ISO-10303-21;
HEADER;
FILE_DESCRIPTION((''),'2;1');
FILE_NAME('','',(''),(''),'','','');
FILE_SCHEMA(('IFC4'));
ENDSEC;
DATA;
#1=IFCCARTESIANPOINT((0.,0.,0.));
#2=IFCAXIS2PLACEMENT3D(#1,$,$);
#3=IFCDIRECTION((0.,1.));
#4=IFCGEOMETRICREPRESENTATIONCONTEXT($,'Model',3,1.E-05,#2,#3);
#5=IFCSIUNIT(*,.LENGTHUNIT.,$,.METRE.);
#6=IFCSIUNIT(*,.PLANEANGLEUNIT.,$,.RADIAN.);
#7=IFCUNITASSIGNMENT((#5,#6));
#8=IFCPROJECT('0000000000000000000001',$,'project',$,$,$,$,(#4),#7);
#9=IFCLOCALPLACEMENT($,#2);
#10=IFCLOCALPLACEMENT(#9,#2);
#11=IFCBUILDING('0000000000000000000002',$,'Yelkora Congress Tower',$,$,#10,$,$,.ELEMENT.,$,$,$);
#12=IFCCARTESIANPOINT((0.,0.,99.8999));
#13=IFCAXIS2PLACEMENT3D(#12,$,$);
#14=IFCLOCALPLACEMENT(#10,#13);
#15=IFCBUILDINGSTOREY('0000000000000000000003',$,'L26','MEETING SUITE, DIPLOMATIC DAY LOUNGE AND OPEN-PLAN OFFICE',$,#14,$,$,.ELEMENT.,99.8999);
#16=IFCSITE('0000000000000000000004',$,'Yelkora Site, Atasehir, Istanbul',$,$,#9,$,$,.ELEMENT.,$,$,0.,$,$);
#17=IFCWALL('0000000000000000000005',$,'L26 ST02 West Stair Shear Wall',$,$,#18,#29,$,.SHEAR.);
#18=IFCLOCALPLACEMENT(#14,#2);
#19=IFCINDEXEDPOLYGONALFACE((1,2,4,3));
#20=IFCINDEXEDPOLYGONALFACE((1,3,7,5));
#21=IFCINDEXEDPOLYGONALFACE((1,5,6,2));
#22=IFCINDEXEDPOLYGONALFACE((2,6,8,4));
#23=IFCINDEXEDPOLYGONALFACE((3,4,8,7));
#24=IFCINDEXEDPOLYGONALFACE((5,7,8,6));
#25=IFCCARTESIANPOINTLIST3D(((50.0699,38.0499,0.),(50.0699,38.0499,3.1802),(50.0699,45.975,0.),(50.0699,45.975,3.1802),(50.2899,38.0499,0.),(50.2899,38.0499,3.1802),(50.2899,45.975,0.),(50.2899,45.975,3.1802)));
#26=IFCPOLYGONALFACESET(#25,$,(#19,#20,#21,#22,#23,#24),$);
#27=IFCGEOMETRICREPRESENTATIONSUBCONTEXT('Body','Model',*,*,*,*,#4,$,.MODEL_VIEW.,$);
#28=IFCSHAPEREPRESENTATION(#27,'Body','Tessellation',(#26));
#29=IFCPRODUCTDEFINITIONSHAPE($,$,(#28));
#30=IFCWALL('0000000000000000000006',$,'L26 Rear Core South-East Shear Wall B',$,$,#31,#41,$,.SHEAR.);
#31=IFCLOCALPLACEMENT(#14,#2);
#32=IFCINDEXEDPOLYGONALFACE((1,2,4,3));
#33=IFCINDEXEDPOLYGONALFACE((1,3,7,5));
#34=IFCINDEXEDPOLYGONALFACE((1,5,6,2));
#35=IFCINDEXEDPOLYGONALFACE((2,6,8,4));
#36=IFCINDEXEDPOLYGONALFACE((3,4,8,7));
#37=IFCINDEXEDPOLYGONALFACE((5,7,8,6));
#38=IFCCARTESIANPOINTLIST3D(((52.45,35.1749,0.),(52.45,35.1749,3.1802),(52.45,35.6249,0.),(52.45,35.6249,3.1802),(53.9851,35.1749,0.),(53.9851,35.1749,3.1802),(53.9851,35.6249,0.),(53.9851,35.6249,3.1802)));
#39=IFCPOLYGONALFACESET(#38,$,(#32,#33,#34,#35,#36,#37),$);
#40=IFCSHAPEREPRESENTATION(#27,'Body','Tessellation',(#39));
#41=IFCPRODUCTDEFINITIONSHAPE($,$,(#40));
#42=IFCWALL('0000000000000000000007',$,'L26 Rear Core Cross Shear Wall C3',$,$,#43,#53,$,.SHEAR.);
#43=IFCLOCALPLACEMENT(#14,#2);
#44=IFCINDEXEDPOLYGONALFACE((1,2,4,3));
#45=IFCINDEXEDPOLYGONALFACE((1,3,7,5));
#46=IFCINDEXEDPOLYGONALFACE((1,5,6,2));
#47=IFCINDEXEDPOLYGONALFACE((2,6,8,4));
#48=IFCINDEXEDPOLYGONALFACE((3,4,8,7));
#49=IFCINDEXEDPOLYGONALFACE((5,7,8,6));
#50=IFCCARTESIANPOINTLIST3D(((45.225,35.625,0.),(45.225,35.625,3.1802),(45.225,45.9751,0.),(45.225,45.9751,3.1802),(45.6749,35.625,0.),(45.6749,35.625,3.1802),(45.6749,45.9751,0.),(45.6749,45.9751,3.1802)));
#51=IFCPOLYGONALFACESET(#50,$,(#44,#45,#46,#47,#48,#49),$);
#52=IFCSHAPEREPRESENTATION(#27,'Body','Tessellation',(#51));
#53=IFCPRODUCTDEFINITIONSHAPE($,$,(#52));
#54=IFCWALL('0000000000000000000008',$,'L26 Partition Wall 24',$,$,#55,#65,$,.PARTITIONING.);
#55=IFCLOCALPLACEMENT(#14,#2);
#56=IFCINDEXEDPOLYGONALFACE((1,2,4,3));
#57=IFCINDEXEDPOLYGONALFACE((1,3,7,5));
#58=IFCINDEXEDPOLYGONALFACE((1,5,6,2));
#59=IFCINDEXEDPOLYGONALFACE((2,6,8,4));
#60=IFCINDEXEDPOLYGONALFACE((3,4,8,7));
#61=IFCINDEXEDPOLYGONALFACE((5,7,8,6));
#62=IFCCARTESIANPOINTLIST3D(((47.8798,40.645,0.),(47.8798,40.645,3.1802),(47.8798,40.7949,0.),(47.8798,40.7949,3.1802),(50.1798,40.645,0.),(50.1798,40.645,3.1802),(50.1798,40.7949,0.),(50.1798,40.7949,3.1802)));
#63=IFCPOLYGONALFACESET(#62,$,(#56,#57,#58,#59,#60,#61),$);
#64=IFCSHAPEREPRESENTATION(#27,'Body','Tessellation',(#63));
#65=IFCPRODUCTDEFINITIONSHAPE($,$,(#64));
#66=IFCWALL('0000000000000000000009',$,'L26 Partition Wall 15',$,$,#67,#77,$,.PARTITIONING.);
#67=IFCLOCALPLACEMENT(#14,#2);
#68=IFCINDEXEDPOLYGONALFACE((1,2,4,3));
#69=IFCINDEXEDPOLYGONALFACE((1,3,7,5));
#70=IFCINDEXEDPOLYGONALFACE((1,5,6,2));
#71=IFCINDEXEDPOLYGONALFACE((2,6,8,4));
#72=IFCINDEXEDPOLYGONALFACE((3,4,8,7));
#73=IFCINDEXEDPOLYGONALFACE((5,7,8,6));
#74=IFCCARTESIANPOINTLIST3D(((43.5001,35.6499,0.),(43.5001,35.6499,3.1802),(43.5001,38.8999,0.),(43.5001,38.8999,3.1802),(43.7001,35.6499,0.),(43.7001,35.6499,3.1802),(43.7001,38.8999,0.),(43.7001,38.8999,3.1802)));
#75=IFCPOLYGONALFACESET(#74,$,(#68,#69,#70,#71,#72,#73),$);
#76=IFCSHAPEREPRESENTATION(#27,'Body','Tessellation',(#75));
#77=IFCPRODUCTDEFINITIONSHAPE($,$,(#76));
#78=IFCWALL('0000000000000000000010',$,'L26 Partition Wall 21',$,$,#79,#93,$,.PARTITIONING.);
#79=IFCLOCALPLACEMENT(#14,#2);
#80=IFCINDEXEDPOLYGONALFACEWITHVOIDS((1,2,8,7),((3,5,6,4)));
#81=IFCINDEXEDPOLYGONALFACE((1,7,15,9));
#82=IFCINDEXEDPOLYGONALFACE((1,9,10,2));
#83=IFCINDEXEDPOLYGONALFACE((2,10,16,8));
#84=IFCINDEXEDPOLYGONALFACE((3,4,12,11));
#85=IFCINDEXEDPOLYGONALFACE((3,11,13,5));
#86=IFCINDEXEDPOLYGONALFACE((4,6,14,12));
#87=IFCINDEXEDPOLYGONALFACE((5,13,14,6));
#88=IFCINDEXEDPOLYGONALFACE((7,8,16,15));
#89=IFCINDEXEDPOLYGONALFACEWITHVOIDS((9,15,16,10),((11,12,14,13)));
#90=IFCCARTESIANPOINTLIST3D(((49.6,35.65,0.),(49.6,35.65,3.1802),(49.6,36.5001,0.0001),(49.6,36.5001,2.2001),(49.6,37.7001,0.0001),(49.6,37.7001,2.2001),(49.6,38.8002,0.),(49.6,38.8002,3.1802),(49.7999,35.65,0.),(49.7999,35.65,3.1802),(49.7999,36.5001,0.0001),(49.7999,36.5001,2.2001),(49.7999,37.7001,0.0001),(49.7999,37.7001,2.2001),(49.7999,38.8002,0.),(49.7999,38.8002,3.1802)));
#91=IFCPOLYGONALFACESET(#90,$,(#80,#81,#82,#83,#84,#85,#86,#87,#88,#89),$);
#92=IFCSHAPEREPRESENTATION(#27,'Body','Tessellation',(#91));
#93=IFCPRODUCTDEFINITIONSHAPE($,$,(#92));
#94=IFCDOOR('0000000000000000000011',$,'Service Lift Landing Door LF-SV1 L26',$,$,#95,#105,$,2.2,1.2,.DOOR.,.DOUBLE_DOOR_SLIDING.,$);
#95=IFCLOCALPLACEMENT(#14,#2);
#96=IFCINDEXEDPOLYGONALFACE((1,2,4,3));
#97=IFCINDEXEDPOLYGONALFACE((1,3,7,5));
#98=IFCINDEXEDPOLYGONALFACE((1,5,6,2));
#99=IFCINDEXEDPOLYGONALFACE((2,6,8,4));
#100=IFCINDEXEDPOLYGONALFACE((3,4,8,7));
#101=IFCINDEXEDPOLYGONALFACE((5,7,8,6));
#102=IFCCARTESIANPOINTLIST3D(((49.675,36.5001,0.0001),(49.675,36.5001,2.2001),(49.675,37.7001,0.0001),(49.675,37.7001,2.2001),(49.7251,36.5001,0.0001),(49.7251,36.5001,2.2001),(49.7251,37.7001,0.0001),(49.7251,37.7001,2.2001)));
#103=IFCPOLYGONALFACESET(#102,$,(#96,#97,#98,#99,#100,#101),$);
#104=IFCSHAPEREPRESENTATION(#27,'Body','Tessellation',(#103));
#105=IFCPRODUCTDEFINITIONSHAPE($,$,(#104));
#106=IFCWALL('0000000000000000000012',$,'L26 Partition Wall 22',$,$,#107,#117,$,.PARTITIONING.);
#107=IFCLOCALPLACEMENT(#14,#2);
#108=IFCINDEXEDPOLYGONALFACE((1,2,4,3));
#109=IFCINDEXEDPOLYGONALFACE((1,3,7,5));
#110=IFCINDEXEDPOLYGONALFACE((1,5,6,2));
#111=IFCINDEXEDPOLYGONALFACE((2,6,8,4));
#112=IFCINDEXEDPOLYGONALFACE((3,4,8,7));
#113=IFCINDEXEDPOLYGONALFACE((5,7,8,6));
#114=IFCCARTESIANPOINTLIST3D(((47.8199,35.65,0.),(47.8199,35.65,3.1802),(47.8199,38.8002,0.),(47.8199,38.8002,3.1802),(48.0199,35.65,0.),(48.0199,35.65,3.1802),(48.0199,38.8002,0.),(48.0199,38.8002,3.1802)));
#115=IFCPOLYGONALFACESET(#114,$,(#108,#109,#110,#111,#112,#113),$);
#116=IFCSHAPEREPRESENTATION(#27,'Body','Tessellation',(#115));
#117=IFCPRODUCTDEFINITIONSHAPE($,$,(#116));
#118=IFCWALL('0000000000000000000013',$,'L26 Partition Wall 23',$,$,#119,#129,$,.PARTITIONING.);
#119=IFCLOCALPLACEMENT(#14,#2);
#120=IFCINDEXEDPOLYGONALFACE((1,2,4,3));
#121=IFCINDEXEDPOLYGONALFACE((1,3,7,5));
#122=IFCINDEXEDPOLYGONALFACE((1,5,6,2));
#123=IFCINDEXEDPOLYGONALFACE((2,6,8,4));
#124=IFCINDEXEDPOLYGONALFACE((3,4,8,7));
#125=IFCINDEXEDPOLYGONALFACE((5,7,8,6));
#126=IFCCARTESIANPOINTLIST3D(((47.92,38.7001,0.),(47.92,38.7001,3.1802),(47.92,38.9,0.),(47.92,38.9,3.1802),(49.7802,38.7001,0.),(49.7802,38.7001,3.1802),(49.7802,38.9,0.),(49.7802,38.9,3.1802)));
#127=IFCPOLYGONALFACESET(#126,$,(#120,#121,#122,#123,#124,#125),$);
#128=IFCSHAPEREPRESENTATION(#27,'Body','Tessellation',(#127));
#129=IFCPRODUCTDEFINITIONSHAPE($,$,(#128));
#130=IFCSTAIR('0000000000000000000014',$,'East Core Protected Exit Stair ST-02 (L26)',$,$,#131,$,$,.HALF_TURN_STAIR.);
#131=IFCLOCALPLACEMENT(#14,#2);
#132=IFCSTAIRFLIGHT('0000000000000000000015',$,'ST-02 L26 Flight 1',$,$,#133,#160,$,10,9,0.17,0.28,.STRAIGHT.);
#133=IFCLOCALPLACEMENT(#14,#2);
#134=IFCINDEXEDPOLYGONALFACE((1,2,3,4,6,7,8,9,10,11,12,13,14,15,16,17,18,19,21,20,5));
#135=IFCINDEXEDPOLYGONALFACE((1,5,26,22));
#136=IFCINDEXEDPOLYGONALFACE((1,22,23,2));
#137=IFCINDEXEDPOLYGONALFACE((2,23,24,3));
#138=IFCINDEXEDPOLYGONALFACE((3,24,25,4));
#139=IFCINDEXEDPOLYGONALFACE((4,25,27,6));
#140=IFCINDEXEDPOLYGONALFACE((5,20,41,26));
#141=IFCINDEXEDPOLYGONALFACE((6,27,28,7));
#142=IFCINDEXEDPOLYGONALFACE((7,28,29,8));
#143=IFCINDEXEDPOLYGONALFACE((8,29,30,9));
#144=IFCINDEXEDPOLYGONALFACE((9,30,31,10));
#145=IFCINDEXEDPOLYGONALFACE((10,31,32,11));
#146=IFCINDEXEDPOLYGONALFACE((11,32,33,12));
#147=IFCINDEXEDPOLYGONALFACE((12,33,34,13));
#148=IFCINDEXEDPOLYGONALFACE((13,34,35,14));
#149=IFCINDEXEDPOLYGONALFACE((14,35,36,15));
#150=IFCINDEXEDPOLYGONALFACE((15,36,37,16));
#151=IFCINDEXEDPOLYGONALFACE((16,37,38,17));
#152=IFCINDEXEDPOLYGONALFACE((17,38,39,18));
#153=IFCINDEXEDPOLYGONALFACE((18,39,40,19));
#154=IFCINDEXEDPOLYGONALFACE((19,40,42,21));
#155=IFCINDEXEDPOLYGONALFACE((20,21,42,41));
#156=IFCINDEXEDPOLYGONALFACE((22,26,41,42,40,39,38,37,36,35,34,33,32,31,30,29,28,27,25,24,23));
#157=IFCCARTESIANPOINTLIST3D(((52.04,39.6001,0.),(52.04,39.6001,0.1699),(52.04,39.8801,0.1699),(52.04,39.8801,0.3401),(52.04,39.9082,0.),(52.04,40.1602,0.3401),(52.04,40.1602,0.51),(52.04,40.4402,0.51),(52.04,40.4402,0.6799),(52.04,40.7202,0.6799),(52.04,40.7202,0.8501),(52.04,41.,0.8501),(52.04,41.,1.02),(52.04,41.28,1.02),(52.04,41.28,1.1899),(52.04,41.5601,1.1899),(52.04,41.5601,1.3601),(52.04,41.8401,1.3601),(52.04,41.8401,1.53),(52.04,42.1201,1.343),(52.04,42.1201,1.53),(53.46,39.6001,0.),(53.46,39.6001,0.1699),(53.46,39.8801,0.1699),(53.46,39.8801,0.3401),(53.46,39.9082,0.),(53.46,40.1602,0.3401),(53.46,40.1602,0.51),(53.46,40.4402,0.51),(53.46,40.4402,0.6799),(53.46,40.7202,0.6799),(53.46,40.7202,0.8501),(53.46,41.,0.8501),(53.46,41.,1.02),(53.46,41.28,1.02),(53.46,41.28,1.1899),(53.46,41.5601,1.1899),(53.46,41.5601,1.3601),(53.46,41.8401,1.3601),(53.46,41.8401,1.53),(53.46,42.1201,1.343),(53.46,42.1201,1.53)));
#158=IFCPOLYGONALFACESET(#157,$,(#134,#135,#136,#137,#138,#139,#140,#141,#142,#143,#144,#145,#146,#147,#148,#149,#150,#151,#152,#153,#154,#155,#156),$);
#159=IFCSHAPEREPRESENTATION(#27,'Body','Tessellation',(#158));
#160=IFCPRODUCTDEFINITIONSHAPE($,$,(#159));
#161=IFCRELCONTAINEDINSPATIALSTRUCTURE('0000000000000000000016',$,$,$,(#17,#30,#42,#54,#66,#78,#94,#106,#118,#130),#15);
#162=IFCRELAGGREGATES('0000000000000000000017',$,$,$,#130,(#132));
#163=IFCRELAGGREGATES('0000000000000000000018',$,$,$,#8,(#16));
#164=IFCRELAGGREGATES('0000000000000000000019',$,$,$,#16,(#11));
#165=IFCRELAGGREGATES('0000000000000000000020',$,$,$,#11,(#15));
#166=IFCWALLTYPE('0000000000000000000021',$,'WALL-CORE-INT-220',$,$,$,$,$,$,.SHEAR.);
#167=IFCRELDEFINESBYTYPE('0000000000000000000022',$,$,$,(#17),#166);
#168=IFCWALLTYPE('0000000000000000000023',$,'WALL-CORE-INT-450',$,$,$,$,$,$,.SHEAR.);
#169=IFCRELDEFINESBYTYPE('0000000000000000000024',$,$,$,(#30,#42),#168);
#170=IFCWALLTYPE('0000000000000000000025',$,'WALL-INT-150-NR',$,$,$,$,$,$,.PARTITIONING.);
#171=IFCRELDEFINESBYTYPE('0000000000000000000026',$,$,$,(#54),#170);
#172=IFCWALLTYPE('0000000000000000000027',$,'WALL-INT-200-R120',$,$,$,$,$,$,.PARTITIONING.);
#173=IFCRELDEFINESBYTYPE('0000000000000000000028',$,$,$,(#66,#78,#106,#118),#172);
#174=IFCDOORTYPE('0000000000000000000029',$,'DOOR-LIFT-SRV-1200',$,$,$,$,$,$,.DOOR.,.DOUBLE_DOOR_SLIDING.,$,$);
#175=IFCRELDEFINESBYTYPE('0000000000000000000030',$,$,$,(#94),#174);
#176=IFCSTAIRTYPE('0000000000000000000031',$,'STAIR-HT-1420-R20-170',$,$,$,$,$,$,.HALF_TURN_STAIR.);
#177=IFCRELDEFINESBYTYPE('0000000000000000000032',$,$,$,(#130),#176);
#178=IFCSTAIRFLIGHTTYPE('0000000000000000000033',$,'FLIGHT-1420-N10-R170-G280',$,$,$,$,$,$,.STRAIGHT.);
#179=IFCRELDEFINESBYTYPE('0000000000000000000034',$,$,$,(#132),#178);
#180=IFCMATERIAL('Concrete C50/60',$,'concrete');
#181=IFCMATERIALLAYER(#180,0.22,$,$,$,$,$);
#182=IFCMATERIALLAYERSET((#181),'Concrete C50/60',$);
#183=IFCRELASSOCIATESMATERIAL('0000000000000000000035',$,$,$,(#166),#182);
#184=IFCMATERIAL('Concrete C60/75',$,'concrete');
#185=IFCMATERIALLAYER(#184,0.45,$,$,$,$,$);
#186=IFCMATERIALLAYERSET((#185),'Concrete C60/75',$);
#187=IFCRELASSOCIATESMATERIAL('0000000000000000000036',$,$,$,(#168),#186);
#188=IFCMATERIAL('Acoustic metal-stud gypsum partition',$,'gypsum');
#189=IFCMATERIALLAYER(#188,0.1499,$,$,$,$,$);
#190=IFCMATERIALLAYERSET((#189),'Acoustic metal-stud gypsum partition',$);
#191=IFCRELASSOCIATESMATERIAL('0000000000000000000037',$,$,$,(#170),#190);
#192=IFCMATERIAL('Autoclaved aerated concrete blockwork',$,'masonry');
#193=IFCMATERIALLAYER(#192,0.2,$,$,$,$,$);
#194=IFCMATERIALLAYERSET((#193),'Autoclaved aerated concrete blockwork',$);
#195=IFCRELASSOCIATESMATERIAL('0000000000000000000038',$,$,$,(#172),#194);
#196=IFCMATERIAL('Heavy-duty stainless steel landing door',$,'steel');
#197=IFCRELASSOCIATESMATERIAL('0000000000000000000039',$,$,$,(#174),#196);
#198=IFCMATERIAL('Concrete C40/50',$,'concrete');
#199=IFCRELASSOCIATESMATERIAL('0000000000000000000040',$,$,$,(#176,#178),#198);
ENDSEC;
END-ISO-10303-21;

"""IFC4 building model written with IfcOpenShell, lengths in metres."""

from ifc_helpers import new_model, si_unit, direction, frame, frame_2d, origin, place, context, subcontext, project, spatial, polyline, rectangle, outline, extrude, material, layer, layer_set, type_object, element, fill, aggregate, save


model = new_model("IFC4")

# Units and contexts
model_context = context("Model", 3, precision=1e-05, world=origin(), true_north=direction((0.0, 1.0)))
body_context = subcontext(model_context, "Body", "Model", "MODEL_VIEW")
ifc_project = project(units=[si_unit("LENGTHUNIT", "METRE"), si_unit("PLANEANGLEUNIT", "RADIAN")], contexts=[model_context])

# Site, building, storey
site_placement = place(None, origin())
site = spatial("IfcSite", under=ifc_project, at=site_placement, Name="Yelkora Site, Atasehir, Istanbul", CompositionType="ELEMENT", RefElevation=0.0)
building_placement = place(site_placement, origin())
building = spatial("IfcBuilding", under=site, at=building_placement, Name="Yelkora Congress Tower", CompositionType="ELEMENT")
storey_placement = place(building_placement, frame((0.0, 0.0, 99.8999)))
storey = spatial("IfcBuildingStorey", under=building, at=storey_placement, Name="L26", Description="MEETING SUITE, DIPLOMATIC DAY LOUNGE AND OPEN-PLAN OFFICE", CompositionType="ELEMENT", Elevation=99.8999)

# Wall
ifc_material_1 = material(Name="Concrete C50/60", Category="concrete")
ifc_layer_1 = layer(ifc_material_1, 0.22)
ifc_layer_set_1 = layer_set([ifc_layer_1], Name="Concrete C50/60")
wall_type_1 = type_object("IfcWallType", Name="WALL-CORE-INT-220", PredefinedType="SHEAR", material=ifc_layer_set_1)
wall_1_placement = place(storey_placement, frame((50.1799, 38.05, 0.0), z_axis=(0.0, 0.0, 1.0), x_axis=(0.0, 1.0, 0.0)))
element("IfcWall", 1, at=wall_1_placement, inside=storey, type_object=wall_type_1, Name="L26 ST02 West Stair Shear Wall", PredefinedType="SHEAR", context=body_context, shape_type="SweptSolid", body=[
    extrude(rectangle(XDim=7.925, YDim=0.22, at=frame_2d((3.9624, 0.0))), origin(), (0.0, 0.0, 1.0), 3.1802),
])

# Shared definitions
ifc_material_2 = material(Name="Concrete C60/75", Category="concrete")
ifc_layer_2 = layer(ifc_material_2, 0.45)
ifc_layer_set_2 = layer_set([ifc_layer_2], Name="Concrete C60/75")
wall_type_2 = type_object("IfcWallType", Name="WALL-CORE-INT-450", PredefinedType="SHEAR", material=ifc_layer_set_2)

# Walls
wall_2_placement = place(storey_placement, frame((52.45, 35.3999, 0.0), z_axis=(0.0, 0.0, 1.0), x_axis=(1.0, 0.0, 0.0)))
element("IfcWall", 2, at=wall_2_placement, inside=storey, type_object=wall_type_2, Name="L26 Rear Core South-East Shear Wall B", PredefinedType="SHEAR", context=body_context, shape_type="SweptSolid", body=[
    extrude(rectangle(XDim=1.5352, YDim=0.45, at=frame_2d((0.7676, 0.0))), origin(), (0.0, 0.0, 1.0), 3.1802),
])
wall_3_placement = place(storey_placement, frame((45.45, 35.625, 0.0), z_axis=(0.0, 0.0, 1.0), x_axis=(0.0, 1.0, 0.0)))
element("IfcWall", 3, at=wall_3_placement, inside=storey, type_object=wall_type_2, Name="L26 Rear Core Cross Shear Wall C3", PredefinedType="SHEAR", context=body_context, shape_type="SweptSolid", body=[
    extrude(rectangle(XDim=10.3501, YDim=0.45, at=frame_2d((5.175, 0.0))), origin(), (0.0, 0.0, 1.0), 3.1802),
])
ifc_material_3 = material(Name="Acoustic metal-stud gypsum partition", Category="gypsum")
ifc_layer_3 = layer(ifc_material_3, 0.1499)
ifc_layer_set_3 = layer_set([ifc_layer_3], Name="Acoustic metal-stud gypsum partition")
wall_type_3 = type_object("IfcWallType", Name="WALL-INT-150-NR", PredefinedType="PARTITIONING", material=ifc_layer_set_3)
wall_4_placement = place(storey_placement, frame((47.8799, 40.72, 0.0), z_axis=(0.0, 0.0, 1.0), x_axis=(1.0, 0.0, 0.0)))
element("IfcWall", 4, at=wall_4_placement, inside=storey, type_object=wall_type_3, Name="L26 Partition Wall 24", PredefinedType="PARTITIONING", context=body_context, shape_type="SweptSolid", body=[
    extrude(rectangle(XDim=2.3, YDim=0.1499, at=frame_2d((1.1499, 0.0))), origin(), (0.0, 0.0, 1.0), 3.1802),
])

# Wall
ifc_material_4 = material(Name="Autoclaved aerated concrete blockwork", Category="masonry")
ifc_layer_4 = layer(ifc_material_4, 0.2)
ifc_layer_set_4 = layer_set([ifc_layer_4], Name="Autoclaved aerated concrete blockwork")
wall_type_4 = type_object("IfcWallType", Name="WALL-INT-200-R120", PredefinedType="PARTITIONING", material=ifc_layer_set_4)
wall_5_placement = place(storey_placement, frame((43.6001, 35.6499, 0.0), z_axis=(0.0, 0.0, 1.0), x_axis=(0.0, 1.0, 0.0)))
element("IfcWall", 5, at=wall_5_placement, inside=storey, type_object=wall_type_4, Name="L26 Partition Wall 15", PredefinedType="PARTITIONING", context=body_context, shape_type="SweptSolid", body=[
    extrude(rectangle(XDim=3.25, YDim=0.2, at=frame_2d((1.625, 0.0))), origin(), (0.0, 0.0, 1.0), 3.1802),
])

# Wall, opening, door
wall_6_placement = place(storey_placement, frame((49.7, 35.6499, 0.0), z_axis=(0.0, 0.0, 1.0), x_axis=(0.0, 1.0, 0.0)))
wall_6 = element("IfcWall", 6, at=wall_6_placement, inside=storey, type_object=wall_type_4, Name="L26 Partition Wall 21", PredefinedType="PARTITIONING", context=body_context, shape_type="SweptSolid", body=[
    extrude(rectangle(XDim=3.1501, YDim=0.2, at=frame_2d((1.5752, 0.0))), origin(), (0.0, 0.0, 1.0), 3.1802),
])
opening_1_placement = place(wall_6_placement, frame((0.8501, 0.0, 0.0)))
opening_1 = element("IfcOpeningElement", 7, at=opening_1_placement, cuts=wall_6, PredefinedType="OPENING", context=body_context, shape_type="SweptSolid", body=[
    extrude(rectangle(XDim=1.2, YDim=2.2, at=frame_2d((0.6001, 1.1001))), frame((0.0, 0.1099, 0.0), z_axis=(0.0, -1.0, 0.0), x_axis=(1.0, 0.0, 0.0)), (0.0, 0.0, 1.0), 0.22),
])
ifc_material_5 = material(Name="Heavy-duty stainless steel landing door", Category="steel")
door_type_1 = type_object("IfcDoorType", Name="DOOR-LIFT-SRV-1200", OperationType="DOUBLE_DOOR_SLIDING", PredefinedType="DOOR", material=ifc_material_5)
door_1_placement = place(opening_1_placement, origin())
door_1 = element("IfcDoor", 8, at=door_1_placement, inside=storey, type_object=door_type_1, Name="Service Lift Landing Door LF-SV1 L26", OperationType="DOUBLE_DOOR_SLIDING", OverallHeight=2.2, OverallWidth=1.2, PredefinedType="DOOR", context=body_context, shape_type="SweptSolid", body=[
    extrude(rectangle(XDim=1.2, YDim=2.2, at=frame_2d((0.6001, 1.1001))), frame((0.0, 0.0249, 0.0), z_axis=(0.0, -1.0, 0.0), x_axis=(1.0, 0.0, 0.0)), (0.0, 0.0, 1.0), 0.05),
])
fill(opening_1, door_1)

# Walls
wall_7_placement = place(storey_placement, frame((47.9199, 35.6499, 0.0), z_axis=(0.0, 0.0, 1.0), x_axis=(0.0, 1.0, 0.0)))
element("IfcWall", 9, at=wall_7_placement, inside=storey, type_object=wall_type_4, Name="L26 Partition Wall 22", PredefinedType="PARTITIONING", context=body_context, shape_type="SweptSolid", body=[
    extrude(rectangle(XDim=3.1501, YDim=0.2, at=frame_2d((1.5752, 0.0))), origin(), (0.0, 0.0, 1.0), 3.1802),
])
wall_8_placement = place(storey_placement, frame((47.9199, 38.8, 0.0), z_axis=(0.0, 0.0, 1.0), x_axis=(1.0, 0.0, 0.0)))
element("IfcWall", 10, at=wall_8_placement, inside=storey, type_object=wall_type_4, Name="L26 Partition Wall 23", PredefinedType="PARTITIONING", context=body_context, shape_type="SweptSolid", body=[
    extrude(rectangle(XDim=1.8601, YDim=0.2, at=frame_2d((0.9302, 0.0))), origin(), (0.0, 0.0, 1.0), 3.1802),
])

# Stair, stair flight
ifc_material_6 = material(Name="Concrete C40/50", Category="concrete")
stair_type = type_object("IfcStairType", Name="STAIR-HT-1420-R20-170", PredefinedType="HALF_TURN_STAIR", material=ifc_material_6)
stair_placement = place(storey_placement, origin())
stair = element("IfcStair", 11, at=stair_placement, inside=storey, type_object=stair_type, Name="East Core Protected Exit Stair ST-02 (L26)", PredefinedType="HALF_TURN_STAIR")
stair_flight_type = type_object("IfcStairFlightType", Name="FLIGHT-1420-N10-R170-G280", PredefinedType="STRAIGHT", material=ifc_material_6)
stair_flight_placement = place(storey_placement, frame((52.75, 39.6001, 0.0), z_axis=(0.0, 0.0, 1.0), x_axis=(0.0, 1.0, 0.0)))
stair_flight = element("IfcStairFlight", 12, at=stair_flight_placement, type_object=stair_flight_type, Name="ST-02 L26 Flight 1", NumberOfRisers=10, NumberOfTreads=9, PredefinedType="STRAIGHT", RiserHeight=0.17, TreadLength=0.28, context=body_context, shape_type="SweptSolid", body=[
    extrude(outline(polyline([(0.0, 0.0), (0.0, 0.1699), (0.28, 0.1699), (0.28, 0.3401), (0.5601, 0.3401), (0.5601, 0.51), (0.8401, 0.51), (0.8401, 0.6799), (1.1201, 0.6799), (1.1201, 0.8501), (1.3999, 0.8501), (1.3999, 1.02), (1.6799, 1.02), (1.6799, 1.1899), (1.96, 1.1899), (1.96, 1.3601), (2.24, 1.3601), (2.24, 1.53), (2.52, 1.53), (2.52, 1.7), (2.52, 1.343), (0.3081, 0.0), (0.0, 0.0)])), frame((0.0, 0.71, 0.0), z_axis=(0.0, -1.0, 0.0), x_axis=(1.0, 0.0, 0.0)), (0.0, 0.0, 1.0), 1.4199),
])
aggregate(stair, [stair_flight])

save(model, "model.ifc")
